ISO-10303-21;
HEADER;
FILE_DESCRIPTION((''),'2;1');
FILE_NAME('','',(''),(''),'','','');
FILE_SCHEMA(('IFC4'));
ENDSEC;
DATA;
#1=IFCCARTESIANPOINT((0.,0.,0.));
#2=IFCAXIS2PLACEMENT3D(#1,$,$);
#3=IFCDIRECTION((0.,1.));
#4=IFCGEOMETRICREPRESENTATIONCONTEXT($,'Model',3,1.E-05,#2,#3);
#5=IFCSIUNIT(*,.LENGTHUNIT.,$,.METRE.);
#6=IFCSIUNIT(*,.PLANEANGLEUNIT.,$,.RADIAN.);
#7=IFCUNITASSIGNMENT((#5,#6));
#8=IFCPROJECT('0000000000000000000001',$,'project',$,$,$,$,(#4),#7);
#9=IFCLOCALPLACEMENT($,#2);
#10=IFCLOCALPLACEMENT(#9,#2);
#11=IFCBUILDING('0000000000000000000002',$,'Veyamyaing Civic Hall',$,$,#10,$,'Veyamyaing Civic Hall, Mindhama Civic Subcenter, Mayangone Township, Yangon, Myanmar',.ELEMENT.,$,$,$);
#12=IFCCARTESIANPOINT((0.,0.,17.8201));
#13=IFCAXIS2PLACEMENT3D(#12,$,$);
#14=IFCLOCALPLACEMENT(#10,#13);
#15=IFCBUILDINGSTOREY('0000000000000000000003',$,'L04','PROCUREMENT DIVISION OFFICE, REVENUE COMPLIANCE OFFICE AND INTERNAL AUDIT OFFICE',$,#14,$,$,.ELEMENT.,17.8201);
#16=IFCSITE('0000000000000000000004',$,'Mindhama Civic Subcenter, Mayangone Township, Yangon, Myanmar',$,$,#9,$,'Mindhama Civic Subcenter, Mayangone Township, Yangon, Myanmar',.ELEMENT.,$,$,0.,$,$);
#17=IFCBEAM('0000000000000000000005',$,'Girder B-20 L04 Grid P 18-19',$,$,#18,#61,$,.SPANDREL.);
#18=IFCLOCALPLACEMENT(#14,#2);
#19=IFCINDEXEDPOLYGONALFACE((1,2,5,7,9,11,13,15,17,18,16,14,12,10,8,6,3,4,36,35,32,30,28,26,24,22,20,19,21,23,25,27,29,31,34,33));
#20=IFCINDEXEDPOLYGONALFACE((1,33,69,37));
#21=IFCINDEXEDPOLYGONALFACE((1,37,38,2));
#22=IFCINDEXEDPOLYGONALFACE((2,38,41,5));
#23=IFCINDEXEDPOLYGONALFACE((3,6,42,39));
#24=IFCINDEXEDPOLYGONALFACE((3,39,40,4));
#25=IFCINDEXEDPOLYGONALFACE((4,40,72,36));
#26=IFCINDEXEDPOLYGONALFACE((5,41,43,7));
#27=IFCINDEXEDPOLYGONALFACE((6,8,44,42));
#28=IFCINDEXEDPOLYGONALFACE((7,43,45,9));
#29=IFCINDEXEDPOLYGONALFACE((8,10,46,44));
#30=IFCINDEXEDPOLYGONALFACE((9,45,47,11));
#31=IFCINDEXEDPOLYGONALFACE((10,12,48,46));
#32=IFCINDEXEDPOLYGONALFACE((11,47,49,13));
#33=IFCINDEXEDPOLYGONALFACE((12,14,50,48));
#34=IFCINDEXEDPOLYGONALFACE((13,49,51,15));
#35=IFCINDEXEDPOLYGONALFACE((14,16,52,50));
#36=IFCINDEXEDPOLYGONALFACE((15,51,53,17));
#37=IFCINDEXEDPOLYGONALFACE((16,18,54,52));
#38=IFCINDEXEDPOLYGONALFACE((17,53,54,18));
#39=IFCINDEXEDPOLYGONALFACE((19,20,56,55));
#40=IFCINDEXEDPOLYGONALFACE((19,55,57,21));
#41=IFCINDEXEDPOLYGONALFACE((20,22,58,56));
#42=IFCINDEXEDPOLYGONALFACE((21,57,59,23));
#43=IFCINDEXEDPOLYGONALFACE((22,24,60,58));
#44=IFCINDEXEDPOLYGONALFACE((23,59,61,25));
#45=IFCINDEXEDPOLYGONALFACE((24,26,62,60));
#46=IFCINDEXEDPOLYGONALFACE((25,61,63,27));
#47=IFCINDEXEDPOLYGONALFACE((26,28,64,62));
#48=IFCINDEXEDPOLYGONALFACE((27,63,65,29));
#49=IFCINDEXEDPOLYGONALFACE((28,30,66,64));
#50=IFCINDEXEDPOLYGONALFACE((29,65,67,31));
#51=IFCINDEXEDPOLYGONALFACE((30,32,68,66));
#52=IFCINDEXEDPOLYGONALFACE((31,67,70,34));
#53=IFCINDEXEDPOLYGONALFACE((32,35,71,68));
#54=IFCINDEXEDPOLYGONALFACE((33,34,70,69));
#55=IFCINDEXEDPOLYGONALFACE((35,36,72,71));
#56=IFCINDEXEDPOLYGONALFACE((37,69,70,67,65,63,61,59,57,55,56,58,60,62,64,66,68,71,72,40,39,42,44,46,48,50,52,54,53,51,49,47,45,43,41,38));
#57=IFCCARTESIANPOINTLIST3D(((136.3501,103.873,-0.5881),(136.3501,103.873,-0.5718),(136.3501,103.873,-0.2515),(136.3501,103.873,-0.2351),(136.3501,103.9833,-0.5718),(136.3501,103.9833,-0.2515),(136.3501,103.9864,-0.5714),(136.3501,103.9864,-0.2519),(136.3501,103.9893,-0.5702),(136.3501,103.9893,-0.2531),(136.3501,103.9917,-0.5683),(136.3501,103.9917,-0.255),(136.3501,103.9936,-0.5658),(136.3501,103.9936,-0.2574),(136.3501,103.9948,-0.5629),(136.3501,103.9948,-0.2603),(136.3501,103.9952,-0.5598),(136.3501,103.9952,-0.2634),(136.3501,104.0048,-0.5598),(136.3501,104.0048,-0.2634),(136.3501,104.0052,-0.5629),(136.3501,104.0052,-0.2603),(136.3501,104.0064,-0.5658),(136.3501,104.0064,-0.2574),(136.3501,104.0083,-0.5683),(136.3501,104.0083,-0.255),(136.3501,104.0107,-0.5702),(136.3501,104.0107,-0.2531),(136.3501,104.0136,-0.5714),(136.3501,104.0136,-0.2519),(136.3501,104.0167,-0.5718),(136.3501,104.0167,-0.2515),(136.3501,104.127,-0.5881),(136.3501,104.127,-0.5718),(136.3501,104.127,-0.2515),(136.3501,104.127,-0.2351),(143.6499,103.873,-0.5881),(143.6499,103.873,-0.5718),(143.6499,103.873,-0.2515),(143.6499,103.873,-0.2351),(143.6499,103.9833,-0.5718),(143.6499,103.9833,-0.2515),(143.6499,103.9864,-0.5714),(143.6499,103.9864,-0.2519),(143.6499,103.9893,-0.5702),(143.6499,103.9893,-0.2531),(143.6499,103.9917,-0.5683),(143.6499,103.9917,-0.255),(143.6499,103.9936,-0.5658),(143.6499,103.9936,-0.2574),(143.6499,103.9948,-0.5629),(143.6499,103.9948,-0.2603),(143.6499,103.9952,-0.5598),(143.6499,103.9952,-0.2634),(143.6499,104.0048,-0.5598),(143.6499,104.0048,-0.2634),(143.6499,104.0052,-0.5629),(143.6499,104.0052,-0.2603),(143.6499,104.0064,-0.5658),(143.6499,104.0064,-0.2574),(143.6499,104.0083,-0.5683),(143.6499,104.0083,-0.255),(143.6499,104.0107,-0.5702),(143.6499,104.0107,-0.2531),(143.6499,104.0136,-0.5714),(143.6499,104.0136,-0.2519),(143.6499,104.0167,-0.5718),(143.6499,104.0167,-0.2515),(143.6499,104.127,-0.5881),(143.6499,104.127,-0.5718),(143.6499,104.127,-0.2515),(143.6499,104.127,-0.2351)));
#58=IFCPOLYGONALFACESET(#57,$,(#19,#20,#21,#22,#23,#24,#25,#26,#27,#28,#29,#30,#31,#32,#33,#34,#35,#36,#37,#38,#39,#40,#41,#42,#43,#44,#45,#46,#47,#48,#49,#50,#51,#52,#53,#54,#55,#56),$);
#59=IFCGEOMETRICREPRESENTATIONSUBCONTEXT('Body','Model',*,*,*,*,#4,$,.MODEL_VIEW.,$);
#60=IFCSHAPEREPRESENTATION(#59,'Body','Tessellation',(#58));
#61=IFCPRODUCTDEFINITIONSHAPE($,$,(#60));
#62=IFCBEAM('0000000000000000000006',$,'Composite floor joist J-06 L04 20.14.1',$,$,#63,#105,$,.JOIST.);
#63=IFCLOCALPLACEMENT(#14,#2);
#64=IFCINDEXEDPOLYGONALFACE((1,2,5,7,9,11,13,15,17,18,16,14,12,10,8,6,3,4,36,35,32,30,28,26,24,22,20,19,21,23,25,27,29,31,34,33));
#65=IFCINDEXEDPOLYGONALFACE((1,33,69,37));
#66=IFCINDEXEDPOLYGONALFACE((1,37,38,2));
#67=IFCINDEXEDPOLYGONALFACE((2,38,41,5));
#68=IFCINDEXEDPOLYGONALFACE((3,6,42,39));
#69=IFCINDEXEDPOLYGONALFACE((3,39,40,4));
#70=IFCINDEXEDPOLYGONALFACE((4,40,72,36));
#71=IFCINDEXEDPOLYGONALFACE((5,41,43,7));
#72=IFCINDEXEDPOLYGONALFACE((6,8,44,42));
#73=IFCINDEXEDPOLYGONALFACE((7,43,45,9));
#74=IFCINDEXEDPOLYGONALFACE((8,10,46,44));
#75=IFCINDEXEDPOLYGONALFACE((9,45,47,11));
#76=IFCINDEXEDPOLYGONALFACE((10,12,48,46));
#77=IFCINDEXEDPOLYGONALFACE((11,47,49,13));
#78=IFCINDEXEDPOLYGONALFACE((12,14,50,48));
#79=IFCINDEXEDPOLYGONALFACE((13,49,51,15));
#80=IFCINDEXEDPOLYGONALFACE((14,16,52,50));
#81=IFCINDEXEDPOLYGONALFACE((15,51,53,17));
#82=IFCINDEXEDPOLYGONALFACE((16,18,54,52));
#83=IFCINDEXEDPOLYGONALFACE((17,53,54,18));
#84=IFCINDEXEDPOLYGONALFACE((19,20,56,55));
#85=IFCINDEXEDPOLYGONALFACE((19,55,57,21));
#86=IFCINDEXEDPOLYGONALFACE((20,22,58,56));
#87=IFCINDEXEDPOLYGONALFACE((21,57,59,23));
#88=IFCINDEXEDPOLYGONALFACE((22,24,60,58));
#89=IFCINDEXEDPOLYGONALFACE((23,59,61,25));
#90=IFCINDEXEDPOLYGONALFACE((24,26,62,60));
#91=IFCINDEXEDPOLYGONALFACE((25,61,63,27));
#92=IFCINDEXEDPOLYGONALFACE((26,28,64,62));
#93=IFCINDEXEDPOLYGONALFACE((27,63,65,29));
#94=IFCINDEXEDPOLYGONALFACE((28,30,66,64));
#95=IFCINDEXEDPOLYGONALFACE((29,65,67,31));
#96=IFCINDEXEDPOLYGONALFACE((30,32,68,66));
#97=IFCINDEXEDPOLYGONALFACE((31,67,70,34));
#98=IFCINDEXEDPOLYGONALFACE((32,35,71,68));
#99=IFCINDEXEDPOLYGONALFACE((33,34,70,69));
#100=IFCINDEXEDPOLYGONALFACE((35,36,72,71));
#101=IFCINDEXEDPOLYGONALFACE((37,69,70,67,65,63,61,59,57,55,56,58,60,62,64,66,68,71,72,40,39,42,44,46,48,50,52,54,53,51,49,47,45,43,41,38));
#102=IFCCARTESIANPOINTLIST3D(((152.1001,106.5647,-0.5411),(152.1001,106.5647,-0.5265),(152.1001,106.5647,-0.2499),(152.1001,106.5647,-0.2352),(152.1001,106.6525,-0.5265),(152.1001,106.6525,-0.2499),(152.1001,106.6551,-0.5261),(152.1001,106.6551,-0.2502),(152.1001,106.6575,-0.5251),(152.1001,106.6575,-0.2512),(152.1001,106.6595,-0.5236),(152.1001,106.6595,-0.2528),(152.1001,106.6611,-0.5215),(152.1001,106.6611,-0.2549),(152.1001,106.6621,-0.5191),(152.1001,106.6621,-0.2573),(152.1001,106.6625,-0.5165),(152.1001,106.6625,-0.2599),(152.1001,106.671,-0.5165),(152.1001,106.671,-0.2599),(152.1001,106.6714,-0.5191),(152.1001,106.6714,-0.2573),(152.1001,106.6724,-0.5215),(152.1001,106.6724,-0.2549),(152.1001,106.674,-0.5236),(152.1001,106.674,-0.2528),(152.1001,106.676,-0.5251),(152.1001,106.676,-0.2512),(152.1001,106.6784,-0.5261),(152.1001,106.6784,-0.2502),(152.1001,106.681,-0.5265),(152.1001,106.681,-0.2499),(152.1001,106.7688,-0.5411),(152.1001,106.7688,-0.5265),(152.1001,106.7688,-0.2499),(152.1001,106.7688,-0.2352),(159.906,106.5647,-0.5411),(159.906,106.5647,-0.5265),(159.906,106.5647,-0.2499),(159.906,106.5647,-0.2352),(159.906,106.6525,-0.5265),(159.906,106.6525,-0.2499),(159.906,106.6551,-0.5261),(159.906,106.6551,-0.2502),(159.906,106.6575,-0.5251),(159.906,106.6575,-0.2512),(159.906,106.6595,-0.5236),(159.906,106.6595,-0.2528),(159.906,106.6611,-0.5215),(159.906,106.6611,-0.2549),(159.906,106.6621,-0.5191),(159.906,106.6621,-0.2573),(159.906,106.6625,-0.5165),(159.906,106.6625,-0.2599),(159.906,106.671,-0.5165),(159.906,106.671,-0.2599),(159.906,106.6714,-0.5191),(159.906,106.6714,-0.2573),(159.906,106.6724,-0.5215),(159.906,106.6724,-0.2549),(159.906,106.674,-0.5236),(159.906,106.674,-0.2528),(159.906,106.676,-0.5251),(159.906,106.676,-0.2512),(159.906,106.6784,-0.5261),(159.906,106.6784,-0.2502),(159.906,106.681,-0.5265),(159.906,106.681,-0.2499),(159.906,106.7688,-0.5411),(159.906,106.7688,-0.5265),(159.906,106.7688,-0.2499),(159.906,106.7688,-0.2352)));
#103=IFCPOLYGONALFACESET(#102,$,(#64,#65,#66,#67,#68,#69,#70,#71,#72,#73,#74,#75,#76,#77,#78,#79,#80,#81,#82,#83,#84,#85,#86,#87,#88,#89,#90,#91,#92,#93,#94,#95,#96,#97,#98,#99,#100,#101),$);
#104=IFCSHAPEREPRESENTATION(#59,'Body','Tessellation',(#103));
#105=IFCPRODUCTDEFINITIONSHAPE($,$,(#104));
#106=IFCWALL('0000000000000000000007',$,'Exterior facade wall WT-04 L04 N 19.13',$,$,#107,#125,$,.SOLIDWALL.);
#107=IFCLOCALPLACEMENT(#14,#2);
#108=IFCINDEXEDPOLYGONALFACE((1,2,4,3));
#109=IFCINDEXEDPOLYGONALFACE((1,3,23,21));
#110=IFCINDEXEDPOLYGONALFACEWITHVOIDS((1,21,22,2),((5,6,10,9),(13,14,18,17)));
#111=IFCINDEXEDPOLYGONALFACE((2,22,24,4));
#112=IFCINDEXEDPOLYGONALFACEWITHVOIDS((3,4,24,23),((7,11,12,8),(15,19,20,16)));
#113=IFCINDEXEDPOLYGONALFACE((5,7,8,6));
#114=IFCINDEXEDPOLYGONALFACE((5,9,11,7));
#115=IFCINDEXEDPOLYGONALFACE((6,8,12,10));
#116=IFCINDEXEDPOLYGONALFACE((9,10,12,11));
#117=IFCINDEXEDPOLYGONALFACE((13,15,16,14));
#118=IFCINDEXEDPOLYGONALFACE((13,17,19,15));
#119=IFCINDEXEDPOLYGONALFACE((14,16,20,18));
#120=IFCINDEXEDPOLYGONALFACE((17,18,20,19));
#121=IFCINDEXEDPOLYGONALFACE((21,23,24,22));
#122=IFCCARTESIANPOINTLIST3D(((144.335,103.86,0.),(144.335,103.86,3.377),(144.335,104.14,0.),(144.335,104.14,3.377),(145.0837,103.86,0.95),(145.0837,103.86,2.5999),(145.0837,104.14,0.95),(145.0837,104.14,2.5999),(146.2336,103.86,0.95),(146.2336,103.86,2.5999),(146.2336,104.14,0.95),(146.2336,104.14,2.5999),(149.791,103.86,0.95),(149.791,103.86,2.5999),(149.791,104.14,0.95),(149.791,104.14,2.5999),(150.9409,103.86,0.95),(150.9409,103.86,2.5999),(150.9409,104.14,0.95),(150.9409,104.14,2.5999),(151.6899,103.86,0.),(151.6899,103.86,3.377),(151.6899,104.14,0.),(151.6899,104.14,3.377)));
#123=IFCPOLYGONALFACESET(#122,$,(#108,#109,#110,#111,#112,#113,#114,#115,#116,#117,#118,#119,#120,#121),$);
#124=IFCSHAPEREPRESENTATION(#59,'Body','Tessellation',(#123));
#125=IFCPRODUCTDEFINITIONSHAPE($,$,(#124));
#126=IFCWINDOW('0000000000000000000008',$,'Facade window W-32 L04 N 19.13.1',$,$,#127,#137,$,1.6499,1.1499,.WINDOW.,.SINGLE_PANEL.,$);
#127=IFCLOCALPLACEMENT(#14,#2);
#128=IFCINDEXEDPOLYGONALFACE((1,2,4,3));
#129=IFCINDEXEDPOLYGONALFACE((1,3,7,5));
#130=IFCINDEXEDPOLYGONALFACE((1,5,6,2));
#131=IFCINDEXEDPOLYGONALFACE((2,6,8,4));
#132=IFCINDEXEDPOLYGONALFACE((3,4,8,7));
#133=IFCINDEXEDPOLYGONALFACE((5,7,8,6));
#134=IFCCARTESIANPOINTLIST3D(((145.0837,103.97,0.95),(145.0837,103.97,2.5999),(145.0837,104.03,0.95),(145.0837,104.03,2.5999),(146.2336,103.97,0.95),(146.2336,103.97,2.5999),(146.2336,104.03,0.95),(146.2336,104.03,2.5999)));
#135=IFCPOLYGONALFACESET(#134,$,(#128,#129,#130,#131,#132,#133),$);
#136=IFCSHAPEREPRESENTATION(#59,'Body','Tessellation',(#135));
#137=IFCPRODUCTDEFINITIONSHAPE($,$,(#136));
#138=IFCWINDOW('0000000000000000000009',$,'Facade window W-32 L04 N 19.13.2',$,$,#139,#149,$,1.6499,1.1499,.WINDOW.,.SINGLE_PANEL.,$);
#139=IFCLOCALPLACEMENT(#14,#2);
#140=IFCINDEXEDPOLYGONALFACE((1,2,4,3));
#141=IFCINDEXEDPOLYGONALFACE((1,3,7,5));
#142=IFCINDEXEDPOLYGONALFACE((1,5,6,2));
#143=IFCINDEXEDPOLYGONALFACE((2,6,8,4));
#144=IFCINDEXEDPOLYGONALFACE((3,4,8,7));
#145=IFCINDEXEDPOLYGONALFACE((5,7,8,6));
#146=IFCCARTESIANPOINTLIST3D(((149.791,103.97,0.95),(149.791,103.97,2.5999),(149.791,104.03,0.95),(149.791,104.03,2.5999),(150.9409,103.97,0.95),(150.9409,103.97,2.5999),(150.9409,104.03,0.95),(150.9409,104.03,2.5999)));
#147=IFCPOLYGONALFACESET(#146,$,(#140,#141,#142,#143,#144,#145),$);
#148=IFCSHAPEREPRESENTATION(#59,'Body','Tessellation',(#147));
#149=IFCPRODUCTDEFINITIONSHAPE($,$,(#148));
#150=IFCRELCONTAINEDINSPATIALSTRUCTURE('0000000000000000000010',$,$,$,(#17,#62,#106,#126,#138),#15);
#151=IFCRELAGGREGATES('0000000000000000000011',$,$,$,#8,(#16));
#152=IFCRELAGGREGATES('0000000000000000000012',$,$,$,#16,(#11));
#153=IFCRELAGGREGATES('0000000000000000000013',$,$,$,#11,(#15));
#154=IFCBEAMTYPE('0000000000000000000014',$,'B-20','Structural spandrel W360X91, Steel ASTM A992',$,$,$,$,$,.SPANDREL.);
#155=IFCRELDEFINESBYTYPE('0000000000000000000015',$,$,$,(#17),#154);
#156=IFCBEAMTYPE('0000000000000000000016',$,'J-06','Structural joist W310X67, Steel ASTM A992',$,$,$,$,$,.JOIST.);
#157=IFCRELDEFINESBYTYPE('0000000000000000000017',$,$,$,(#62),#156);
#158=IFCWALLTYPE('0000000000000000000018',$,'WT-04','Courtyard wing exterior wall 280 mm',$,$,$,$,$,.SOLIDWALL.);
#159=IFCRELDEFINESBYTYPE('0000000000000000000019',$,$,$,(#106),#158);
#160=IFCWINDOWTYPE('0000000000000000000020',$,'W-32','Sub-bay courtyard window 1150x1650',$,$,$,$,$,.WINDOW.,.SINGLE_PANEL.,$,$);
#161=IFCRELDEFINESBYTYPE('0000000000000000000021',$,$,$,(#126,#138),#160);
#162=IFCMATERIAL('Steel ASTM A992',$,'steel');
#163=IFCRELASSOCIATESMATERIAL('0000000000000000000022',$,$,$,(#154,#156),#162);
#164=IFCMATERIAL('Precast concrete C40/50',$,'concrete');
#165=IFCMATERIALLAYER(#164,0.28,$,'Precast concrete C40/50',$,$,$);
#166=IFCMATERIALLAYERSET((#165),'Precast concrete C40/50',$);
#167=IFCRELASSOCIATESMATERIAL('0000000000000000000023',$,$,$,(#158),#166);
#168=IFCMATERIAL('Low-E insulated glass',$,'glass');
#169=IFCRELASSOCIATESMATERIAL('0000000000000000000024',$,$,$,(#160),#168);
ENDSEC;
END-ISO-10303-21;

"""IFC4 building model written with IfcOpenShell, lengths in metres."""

from ifc_helpers import new_model, si_unit, direction, frame, frame_2d, origin, origin_2d, place, context, subcontext, project, spatial, rectangle, i_section, extrude, material, layer, layer_set, material_profile, profile_set, type_object, element, fill, save


model = new_model("IFC4")

# Units and contexts
model_context = context("Model", 3, precision=1e-05, world=origin(), true_north=direction((0.0, 1.0)))
body_context = subcontext(model_context, "Body", "Model", "MODEL_VIEW")
ifc_project = project(units=[si_unit("LENGTHUNIT", "METRE"), si_unit("PLANEANGLEUNIT", "RADIAN")], contexts=[model_context])

# Site, building, storey
site_placement = place(None, origin())
site = spatial("IfcSite", under=ifc_project, at=site_placement, Name="Mindhama Civic Subcenter, Mayangone Township, Yangon, Myanmar", LongName="Mindhama Civic Subcenter, Mayangone Township, Yangon, Myanmar", CompositionType="ELEMENT", RefElevation=0.0)
building_placement = place(site_placement, origin())
building = spatial("IfcBuilding", under=site, at=building_placement, Name="Veyamyaing Civic Hall", LongName="Veyamyaing Civic Hall, Mindhama Civic Subcenter, Mayangone Township, Yangon, Myanmar", CompositionType="ELEMENT")
storey_placement = place(building_placement, frame((0.0, 0.0, 17.8201)))
storey = spatial("IfcBuildingStorey", under=building, at=storey_placement, Name="L04", Description="PROCUREMENT DIVISION OFFICE, REVENUE COMPLIANCE OFFICE AND INTERNAL AUDIT OFFICE", CompositionType="ELEMENT", Elevation=17.8201)

# Beams
ifc_material_1 = material(Name="Steel ASTM A992", Category="steel")
ifc_material_profile_1 = material_profile(ifc_material_1, i_section(OverallWidth=0.2539, OverallDepth=0.353, WebThickness=0.0095, FlangeThickness=0.0164, FilletRadius=0.012, at=origin_2d()), Name="W360X91")
ifc_profile_set_1 = profile_set([ifc_material_profile_1], Name="Steel ASTM A992")
beam_type_1 = type_object("IfcBeamType", Name="B-20", Description="Structural spandrel W360X91, Steel ASTM A992", PredefinedType="SPANDREL", material=ifc_profile_set_1)
beam_1_placement = place(storey_placement, frame((136.3501, 104.0, -0.4116), z_axis=(1.0, 0.0, 0.0), x_axis=(0.0, 1.0, 0.0)))
element("IfcBeam", 1, at=beam_1_placement, inside=storey, type_object=beam_type_1, Name="Girder B-20 L04 Grid P 18-19", PredefinedType="SPANDREL", context=body_context, shape_type="SweptSolid", body=[
    extrude(i_section(OverallWidth=0.2539, OverallDepth=0.353, WebThickness=0.0095, FlangeThickness=0.0164, FilletRadius=0.012, at=origin_2d()), origin(), (0.0, 0.0, 1.0), 7.2998),
])
ifc_material_profile_2 = material_profile(ifc_material_1, i_section(OverallWidth=0.2041, OverallDepth=0.3059, WebThickness=0.0085, FlangeThickness=0.0146, FilletRadius=0.01, at=origin_2d()), Name="W310X67")
ifc_profile_set_2 = profile_set([ifc_material_profile_2], Name="Steel ASTM A992")
beam_type_2 = type_object("IfcBeamType", Name="J-06", Description="Structural joist W310X67, Steel ASTM A992", PredefinedType="JOIST", material=ifc_profile_set_2)
beam_2_placement = place(storey_placement, frame((152.1001, 106.6667, -0.3882), z_axis=(1.0, 0.0, 0.0), x_axis=(0.0, 1.0, 0.0)))
element("IfcBeam", 2, at=beam_2_placement, inside=storey, type_object=beam_type_2, Name="Composite floor joist J-06 L04 20.14.1", PredefinedType="JOIST", context=body_context, shape_type="SweptSolid", body=[
    extrude(i_section(OverallWidth=0.2041, OverallDepth=0.3059, WebThickness=0.0085, FlangeThickness=0.0146, FilletRadius=0.01, at=origin_2d()), origin(), (0.0, 0.0, 1.0), 7.8059),
])

# Wall, openings, windows
ifc_material_2 = material(Name="Precast concrete C40/50", Category="concrete")
ifc_layer_1 = layer(ifc_material_2, 0.28, Name="Precast concrete C40/50")
ifc_layer_set_1 = layer_set([ifc_layer_1], Name="Precast concrete C40/50")
wall_type = type_object("IfcWallType", Name="WT-04", Description="Courtyard wing exterior wall 280 mm", PredefinedType="SOLIDWALL", material=ifc_layer_set_1)
wall_1_placement = place(storey_placement, frame((144.335, 104.0, 0.0), z_axis=(0.0, 0.0, 1.0), x_axis=(1.0, 0.0, 0.0)))
wall_1 = element("IfcWall", 3, at=wall_1_placement, inside=storey, type_object=wall_type, Name="Exterior facade wall WT-04 L04 N 19.13", PredefinedType="SOLIDWALL", context=body_context, shape_type="SweptSolid", body=[
    extrude(rectangle(XDim=7.355, YDim=0.28, at=frame_2d((3.6775, 0.0))), origin(), (0.0, 0.0, 1.0), 3.377),
])
opening_1_placement = place(wall_1_placement, frame((0.7488, 0.0, 0.95)))
opening_1 = element("IfcOpeningElement", 4, at=opening_1_placement, cuts=wall_1, PredefinedType="OPENING", context=body_context, shape_type="SweptSolid", body=[
    extrude(rectangle(XDim=1.1499, YDim=1.6499, at=frame_2d((0.575, 0.825))), frame((0.0, 0.1499, 0.0), z_axis=(0.0, -1.0, 0.0), x_axis=(1.0, 0.0, 0.0)), (0.0, 0.0, 1.0), 0.3),
])
opening_2_placement = place(wall_1_placement, frame((5.4561, 0.0, 0.95)))
opening_2 = element("IfcOpeningElement", 5, at=opening_2_placement, cuts=wall_1, PredefinedType="OPENING", context=body_context, shape_type="SweptSolid", body=[
    extrude(rectangle(XDim=1.1499, YDim=1.6499, at=frame_2d((0.575, 0.825))), frame((0.0, 0.1499, 0.0), z_axis=(0.0, -1.0, 0.0), x_axis=(1.0, 0.0, 0.0)), (0.0, 0.0, 1.0), 0.3),
])
ifc_material_3 = material(Name="Low-E insulated glass", Category="glass")
window_type_1 = type_object("IfcWindowType", Name="W-32", Description="Sub-bay courtyard window 1150x1650", PartitioningType="SINGLE_PANEL", PredefinedType="WINDOW", material=ifc_material_3)
window_1_placement = place(opening_1_placement, origin())
window_1 = element("IfcWindow", 6, at=window_1_placement, inside=storey, type_object=window_type_1, Name="Facade window W-32 L04 N 19.13.1", OverallHeight=1.6499, OverallWidth=1.1499, PartitioningType="SINGLE_PANEL", PredefinedType="WINDOW", context=body_context, shape_type="SweptSolid", body=[
    extrude(rectangle(XDim=1.1499, YDim=1.6499, at=frame_2d((0.575, 0.825))), frame((0.0, 0.03, 0.0), z_axis=(0.0, -1.0, 0.0), x_axis=(1.0, 0.0, 0.0)), (0.0, 0.0, 1.0), 0.0601),
])
fill(opening_1, window_1)
window_2_placement = place(opening_2_placement, origin())
window_2 = element("IfcWindow", 7, at=window_2_placement, inside=storey, type_object=window_type_1, Name="Facade window W-32 L04 N 19.13.2", OverallHeight=1.6499, OverallWidth=1.1499, PartitioningType="SINGLE_PANEL", PredefinedType="WINDOW", context=body_context, shape_type="SweptSolid", body=[
    extrude(rectangle(XDim=1.1499, YDim=1.6499, at=frame_2d((0.575, 0.825))), frame((0.0, 0.03, 0.0), z_axis=(0.0, -1.0, 0.0), x_axis=(1.0, 0.0, 0.0)), (0.0, 0.0, 1.0), 0.0601),
])
fill(opening_2, window_2)

save(model, "model.ifc")
